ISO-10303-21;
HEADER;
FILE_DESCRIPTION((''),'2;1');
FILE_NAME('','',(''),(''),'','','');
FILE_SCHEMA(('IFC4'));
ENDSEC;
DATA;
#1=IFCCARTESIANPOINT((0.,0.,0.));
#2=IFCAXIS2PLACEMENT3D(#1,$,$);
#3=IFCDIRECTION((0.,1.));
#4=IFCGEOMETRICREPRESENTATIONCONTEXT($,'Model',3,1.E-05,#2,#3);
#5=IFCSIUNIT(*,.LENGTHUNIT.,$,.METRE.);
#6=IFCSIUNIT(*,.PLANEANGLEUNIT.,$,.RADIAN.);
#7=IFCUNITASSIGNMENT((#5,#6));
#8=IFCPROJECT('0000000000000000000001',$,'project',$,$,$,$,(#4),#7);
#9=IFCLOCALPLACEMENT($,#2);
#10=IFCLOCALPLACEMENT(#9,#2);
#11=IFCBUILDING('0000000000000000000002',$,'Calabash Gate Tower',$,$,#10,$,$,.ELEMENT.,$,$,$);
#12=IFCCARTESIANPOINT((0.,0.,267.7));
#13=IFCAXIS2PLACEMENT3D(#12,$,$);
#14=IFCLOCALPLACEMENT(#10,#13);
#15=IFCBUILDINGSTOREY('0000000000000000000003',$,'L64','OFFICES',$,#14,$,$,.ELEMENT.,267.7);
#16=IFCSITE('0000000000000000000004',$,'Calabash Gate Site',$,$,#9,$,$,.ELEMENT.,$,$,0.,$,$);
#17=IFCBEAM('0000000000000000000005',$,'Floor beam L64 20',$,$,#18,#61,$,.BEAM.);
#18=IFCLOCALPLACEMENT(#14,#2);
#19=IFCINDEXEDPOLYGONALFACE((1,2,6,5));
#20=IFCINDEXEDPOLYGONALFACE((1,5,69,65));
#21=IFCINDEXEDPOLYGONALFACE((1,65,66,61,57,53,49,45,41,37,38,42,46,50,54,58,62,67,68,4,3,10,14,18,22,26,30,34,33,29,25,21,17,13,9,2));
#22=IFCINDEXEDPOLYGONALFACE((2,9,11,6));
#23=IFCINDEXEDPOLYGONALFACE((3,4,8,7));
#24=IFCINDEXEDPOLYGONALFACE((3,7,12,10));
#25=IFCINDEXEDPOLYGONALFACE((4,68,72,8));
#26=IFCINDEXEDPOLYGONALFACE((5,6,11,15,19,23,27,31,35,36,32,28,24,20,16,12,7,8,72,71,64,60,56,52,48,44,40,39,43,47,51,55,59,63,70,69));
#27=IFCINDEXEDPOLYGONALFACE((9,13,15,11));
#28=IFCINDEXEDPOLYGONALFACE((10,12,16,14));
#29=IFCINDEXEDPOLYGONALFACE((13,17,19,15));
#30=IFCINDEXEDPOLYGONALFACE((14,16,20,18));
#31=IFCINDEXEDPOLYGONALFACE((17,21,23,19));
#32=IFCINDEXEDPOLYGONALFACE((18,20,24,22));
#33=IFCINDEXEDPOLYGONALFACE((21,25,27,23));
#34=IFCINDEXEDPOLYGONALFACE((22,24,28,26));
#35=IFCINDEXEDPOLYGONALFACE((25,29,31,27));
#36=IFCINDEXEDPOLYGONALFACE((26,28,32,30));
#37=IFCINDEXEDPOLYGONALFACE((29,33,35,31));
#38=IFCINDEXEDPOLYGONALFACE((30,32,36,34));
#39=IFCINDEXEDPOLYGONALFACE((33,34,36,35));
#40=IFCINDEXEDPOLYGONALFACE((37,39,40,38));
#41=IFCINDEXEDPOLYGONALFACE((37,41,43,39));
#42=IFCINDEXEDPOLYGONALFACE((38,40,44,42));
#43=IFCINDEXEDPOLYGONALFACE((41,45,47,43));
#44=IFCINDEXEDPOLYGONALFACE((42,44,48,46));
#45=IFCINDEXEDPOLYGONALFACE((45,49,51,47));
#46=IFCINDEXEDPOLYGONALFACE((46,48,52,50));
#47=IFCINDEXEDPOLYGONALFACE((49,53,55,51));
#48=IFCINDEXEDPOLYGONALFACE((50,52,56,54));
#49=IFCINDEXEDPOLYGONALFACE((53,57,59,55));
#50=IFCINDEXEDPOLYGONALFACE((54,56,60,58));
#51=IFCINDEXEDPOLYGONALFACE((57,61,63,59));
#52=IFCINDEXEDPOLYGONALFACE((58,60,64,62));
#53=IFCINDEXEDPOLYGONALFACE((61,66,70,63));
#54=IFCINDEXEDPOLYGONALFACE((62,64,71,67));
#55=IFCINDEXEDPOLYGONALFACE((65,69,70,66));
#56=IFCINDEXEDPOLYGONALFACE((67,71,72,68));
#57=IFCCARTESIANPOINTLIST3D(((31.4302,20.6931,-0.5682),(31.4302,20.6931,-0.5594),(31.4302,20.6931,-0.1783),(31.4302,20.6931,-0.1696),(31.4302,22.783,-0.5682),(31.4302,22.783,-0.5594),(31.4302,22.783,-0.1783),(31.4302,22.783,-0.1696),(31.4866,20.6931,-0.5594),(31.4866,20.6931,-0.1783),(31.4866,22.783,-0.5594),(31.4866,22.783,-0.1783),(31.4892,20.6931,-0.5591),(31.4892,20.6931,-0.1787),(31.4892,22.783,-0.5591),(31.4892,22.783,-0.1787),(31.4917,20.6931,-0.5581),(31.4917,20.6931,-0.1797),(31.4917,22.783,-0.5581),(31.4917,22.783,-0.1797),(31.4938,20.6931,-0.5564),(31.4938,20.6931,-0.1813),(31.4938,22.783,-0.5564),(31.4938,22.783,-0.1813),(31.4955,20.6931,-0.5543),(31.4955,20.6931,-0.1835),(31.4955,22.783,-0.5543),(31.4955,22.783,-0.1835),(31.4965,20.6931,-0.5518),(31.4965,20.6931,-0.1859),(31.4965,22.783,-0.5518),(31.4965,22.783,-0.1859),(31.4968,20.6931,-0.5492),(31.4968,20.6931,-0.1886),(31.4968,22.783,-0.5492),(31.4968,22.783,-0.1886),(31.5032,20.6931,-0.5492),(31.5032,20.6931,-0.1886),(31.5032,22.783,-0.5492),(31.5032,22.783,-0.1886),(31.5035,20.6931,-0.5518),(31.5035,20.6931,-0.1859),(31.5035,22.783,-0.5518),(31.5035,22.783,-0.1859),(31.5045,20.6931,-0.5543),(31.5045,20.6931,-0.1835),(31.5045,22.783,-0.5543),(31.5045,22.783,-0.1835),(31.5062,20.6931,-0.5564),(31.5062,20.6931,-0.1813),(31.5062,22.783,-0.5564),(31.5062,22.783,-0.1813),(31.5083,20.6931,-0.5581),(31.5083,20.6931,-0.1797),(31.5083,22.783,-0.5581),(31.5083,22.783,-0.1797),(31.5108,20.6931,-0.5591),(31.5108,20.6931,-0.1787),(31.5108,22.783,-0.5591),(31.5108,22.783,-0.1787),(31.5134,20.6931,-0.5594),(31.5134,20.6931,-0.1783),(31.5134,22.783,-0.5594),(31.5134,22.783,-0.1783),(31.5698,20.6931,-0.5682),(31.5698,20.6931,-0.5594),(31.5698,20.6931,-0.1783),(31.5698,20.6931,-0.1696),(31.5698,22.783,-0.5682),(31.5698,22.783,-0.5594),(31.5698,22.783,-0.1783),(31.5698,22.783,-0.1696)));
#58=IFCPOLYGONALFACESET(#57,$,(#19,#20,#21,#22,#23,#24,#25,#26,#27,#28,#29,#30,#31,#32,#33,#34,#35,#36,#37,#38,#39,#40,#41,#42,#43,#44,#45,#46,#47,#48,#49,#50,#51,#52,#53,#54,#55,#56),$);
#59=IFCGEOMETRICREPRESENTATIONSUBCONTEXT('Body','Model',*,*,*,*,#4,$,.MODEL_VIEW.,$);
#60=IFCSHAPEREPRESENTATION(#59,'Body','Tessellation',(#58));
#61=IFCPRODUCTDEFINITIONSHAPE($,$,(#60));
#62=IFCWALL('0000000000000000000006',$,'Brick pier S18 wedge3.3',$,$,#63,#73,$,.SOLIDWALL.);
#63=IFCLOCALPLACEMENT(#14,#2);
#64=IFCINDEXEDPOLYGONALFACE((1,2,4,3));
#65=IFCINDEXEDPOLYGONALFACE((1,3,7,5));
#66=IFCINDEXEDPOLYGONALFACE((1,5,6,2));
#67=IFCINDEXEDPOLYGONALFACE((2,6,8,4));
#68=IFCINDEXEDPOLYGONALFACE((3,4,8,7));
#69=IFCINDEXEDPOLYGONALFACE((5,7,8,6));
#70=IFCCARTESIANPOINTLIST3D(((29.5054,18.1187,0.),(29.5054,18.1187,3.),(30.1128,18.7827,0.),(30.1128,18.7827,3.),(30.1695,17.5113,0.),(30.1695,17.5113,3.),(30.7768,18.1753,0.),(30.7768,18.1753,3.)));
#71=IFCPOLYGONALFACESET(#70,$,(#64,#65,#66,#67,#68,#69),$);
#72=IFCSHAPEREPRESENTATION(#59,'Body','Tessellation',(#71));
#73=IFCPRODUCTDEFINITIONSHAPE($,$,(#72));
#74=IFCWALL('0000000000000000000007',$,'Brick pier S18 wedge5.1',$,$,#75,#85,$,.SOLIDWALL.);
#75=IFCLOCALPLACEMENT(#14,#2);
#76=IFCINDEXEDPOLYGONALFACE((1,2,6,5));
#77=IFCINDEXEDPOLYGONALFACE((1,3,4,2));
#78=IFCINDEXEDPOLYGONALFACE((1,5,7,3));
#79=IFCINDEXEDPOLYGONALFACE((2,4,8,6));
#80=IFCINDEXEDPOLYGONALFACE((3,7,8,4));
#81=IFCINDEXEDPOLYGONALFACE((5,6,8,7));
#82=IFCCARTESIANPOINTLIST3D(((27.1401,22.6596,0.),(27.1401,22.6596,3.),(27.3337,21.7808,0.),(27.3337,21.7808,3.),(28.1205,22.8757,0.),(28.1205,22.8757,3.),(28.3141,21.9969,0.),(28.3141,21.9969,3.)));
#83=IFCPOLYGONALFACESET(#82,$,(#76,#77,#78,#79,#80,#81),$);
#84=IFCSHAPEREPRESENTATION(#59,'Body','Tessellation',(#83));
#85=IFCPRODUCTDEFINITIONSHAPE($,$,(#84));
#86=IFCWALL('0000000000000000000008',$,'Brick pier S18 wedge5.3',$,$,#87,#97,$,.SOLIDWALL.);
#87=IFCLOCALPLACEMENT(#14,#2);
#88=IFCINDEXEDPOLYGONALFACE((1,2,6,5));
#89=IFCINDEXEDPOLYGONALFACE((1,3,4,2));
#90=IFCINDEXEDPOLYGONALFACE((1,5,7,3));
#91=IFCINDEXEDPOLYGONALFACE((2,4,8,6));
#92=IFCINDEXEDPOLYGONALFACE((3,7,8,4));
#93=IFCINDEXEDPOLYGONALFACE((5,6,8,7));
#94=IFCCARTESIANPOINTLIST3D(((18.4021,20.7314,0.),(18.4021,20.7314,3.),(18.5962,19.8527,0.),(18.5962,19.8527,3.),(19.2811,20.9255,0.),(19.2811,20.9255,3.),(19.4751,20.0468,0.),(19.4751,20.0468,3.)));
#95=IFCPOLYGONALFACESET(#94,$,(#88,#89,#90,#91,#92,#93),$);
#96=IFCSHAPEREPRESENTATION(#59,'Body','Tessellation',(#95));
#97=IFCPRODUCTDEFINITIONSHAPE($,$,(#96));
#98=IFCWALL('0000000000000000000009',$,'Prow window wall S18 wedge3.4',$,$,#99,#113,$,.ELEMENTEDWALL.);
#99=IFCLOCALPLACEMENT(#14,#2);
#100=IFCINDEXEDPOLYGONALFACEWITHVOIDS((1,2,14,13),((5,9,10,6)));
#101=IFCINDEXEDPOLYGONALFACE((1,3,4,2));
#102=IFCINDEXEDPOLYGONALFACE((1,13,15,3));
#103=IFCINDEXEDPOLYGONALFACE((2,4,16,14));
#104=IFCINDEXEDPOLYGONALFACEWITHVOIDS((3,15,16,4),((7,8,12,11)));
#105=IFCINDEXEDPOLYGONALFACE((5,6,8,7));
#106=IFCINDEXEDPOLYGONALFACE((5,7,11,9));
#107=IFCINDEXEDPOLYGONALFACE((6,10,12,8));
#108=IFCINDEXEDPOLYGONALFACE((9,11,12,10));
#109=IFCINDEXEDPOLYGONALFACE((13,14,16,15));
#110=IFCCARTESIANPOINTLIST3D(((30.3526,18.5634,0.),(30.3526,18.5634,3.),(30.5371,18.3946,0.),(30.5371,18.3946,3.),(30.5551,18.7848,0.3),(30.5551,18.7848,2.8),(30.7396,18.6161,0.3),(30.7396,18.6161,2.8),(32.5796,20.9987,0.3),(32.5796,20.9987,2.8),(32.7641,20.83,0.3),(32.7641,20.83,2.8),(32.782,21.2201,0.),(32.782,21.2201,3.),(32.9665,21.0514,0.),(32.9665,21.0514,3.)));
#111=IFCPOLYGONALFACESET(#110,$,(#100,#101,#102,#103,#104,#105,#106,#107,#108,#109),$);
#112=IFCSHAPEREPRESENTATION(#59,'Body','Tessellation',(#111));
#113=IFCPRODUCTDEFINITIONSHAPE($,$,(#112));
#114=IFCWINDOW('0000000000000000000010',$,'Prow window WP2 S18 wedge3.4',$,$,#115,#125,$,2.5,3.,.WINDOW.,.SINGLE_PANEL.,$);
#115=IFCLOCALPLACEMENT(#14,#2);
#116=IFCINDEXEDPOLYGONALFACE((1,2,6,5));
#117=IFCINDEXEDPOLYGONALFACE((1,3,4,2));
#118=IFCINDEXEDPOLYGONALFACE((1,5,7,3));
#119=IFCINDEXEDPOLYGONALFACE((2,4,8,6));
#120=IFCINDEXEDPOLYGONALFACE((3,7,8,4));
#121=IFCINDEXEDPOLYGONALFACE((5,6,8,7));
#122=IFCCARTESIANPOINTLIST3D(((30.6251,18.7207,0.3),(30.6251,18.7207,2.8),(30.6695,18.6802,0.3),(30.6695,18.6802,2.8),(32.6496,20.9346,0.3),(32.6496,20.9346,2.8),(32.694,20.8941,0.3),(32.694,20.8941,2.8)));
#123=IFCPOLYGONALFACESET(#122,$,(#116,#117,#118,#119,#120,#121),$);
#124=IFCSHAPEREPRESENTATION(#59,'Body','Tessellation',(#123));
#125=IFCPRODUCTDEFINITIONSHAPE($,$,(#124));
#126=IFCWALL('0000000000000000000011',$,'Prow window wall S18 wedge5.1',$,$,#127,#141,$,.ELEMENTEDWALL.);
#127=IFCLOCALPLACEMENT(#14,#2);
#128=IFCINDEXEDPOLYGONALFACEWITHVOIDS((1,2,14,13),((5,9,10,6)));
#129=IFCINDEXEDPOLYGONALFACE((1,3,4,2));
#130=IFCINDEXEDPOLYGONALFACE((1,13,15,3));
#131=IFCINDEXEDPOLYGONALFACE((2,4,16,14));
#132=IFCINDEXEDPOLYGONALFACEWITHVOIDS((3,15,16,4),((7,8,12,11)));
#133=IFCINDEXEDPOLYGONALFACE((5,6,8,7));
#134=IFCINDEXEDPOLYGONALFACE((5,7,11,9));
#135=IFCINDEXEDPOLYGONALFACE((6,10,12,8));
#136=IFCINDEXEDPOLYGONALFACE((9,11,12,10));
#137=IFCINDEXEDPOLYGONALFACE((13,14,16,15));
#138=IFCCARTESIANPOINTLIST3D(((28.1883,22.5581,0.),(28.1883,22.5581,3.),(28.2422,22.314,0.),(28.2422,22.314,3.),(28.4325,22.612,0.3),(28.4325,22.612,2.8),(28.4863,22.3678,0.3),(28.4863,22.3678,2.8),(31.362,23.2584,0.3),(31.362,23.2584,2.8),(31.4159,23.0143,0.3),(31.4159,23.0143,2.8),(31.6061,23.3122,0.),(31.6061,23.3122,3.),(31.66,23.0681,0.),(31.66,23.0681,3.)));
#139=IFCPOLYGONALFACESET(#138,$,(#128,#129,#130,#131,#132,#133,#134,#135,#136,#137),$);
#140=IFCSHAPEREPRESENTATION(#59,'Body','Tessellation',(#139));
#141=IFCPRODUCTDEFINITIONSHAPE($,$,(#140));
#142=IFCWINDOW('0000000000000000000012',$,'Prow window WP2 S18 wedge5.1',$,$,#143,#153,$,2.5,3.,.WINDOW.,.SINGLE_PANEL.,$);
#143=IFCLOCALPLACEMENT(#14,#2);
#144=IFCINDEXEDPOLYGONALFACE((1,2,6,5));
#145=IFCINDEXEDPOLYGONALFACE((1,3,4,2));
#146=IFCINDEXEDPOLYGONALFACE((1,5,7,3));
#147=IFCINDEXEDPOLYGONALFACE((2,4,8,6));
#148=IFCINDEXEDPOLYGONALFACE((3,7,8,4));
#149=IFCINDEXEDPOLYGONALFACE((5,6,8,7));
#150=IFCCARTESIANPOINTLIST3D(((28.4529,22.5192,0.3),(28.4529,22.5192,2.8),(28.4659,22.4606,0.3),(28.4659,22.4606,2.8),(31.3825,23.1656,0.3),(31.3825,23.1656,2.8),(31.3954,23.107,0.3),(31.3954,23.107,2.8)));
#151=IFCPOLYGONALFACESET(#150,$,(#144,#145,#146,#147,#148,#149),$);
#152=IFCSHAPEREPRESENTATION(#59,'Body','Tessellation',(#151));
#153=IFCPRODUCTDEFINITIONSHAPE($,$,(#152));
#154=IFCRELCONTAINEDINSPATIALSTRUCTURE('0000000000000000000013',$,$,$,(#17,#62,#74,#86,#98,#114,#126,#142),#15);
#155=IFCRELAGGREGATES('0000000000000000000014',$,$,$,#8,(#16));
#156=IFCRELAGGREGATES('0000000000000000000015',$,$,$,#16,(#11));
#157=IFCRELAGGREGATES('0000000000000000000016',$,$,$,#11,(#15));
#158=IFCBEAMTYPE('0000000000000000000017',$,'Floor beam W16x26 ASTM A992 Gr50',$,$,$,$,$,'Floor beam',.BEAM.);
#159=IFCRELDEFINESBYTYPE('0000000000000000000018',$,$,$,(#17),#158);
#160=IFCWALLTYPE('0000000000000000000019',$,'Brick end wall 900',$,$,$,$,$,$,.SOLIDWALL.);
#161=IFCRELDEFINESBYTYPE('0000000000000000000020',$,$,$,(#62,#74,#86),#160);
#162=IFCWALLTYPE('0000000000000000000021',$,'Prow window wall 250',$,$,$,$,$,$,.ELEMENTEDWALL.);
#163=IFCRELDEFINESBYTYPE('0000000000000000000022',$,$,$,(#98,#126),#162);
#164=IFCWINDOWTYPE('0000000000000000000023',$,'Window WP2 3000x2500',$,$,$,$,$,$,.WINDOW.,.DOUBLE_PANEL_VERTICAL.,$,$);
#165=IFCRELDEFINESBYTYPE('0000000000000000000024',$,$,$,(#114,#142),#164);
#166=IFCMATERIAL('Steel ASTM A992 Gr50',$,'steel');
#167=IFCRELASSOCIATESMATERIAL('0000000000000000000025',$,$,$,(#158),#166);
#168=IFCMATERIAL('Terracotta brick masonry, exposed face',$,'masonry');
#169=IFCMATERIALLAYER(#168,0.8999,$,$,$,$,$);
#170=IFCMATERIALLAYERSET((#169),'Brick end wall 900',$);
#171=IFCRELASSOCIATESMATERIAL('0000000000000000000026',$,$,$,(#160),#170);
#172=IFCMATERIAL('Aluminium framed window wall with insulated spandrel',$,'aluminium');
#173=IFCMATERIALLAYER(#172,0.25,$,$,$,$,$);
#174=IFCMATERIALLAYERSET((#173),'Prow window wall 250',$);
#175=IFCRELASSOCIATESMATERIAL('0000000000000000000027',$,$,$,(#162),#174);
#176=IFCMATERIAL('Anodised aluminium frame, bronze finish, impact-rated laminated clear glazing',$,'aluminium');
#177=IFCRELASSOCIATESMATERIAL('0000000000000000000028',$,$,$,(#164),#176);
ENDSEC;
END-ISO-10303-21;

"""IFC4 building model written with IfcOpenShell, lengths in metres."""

from ifc_helpers import new_model, si_unit, direction, frame, frame_2d, origin, origin_2d, place, context, subcontext, project, spatial, rectangle, i_section, extrude, material, layer, layer_set, material_profile, profile_set, type_object, element, fill, save


model = new_model("IFC4")

# Units and contexts
model_context = context("Model", 3, precision=1e-05, world=origin(), true_north=direction((0.0, 1.0)))
body_context = subcontext(model_context, "Body", "Model", "MODEL_VIEW")
ifc_project = project(units=[si_unit("LENGTHUNIT", "METRE"), si_unit("PLANEANGLEUNIT", "RADIAN")], contexts=[model_context])

# Site, building, storey
site_placement = place(None, origin())
site = spatial("IfcSite", under=ifc_project, at=site_placement, Name="Calabash Gate Site", CompositionType="ELEMENT", RefElevation=0.0)
building_placement = place(site_placement, origin())
building = spatial("IfcBuilding", under=site, at=building_placement, Name="Calabash Gate Tower", CompositionType="ELEMENT")
storey_placement = place(building_placement, frame((0.0, 0.0, 267.7)))
storey = spatial("IfcBuildingStorey", under=building, at=storey_placement, Name="L64", Description="OFFICES", CompositionType="ELEMENT", Elevation=267.7)

# Beam
ifc_material_1 = material(Name="Steel ASTM A992 Gr50", Category="steel")
ifc_material_profile_1 = material_profile(ifc_material_1, i_section(OverallWidth=0.1396, OverallDepth=0.3987, WebThickness=0.0063, FlangeThickness=0.0088, FilletRadius=0.0103, at=origin_2d()))
ifc_profile_set_1 = profile_set([ifc_material_profile_1], Name="Steel ASTM A992 Gr50")
beam_type_1 = type_object("IfcBeamType", Name="Floor beam W16x26 ASTM A992 Gr50", ElementType="Floor beam", PredefinedType="BEAM", material=ifc_profile_set_1)
beam_1_placement = place(storey_placement, frame((31.5, 20.6931, -0.3689), z_axis=(0.0, 1.0, 0.0), x_axis=(-1.0, 0.0, 0.0)))
element("IfcBeam", 1, at=beam_1_placement, inside=storey, type_object=beam_type_1, Name="Floor beam L64 20", PredefinedType="BEAM", context=body_context, shape_type="SweptSolid", body=[
    extrude(i_section(OverallWidth=0.1396, OverallDepth=0.3987, WebThickness=0.0063, FlangeThickness=0.0088, FilletRadius=0.0103, at=origin_2d()), origin(), (0.0, 0.0, 1.0), 2.0898),
])

# Walls
ifc_material_2 = material(Name="Terracotta brick masonry, exposed face", Category="masonry")
ifc_layer_1 = layer(ifc_material_2, 0.8999)
ifc_layer_set_1 = layer_set([ifc_layer_1], Name="Brick end wall 900")
wall_type_1 = type_object("IfcWallType", Name="Brick end wall 900", PredefinedType="SOLIDWALL", material=ifc_layer_set_1)
wall_1_placement = place(storey_placement, frame((30.4448, 18.479, 0.0), z_axis=(0.0, 0.0, 1.0), x_axis=(-0.674938, -0.737874, 0.0)))
element("IfcWall", 2, at=wall_1_placement, inside=storey, type_object=wall_type_1, Name="Brick pier S18 wedge3.3", PredefinedType="SOLIDWALL", context=body_context, shape_type="SweptSolid", body=[
    extrude(rectangle(XDim=0.8999, YDim=0.8999, at=frame_2d((0.45, 0.0))), origin(), (0.0, 0.0, 1.0), 3.0),
])
wall_2_placement = place(storey_placement, frame((28.2173, 22.4363, 0.0), z_axis=(0.0, 0.0, 1.0), x_axis=(-0.976569, -0.215205, 0.0)))
element("IfcWall", 3, at=wall_2_placement, inside=storey, type_object=wall_type_1, Name="Brick pier S18 wedge5.1", PredefinedType="SOLIDWALL", context=body_context, shape_type="SweptSolid", body=[
    extrude(rectangle(XDim=1.0039, YDim=0.8999, at=frame_2d((0.502, 0.0))), origin(), (0.0, 0.0, 1.0), 3.0),
])
wall_3_placement = place(storey_placement, frame((18.499, 20.292, 0.0), z_axis=(0.0, 0.0, 1.0), x_axis=(0.976473, 0.215638, 0.0)))
element("IfcWall", 4, at=wall_3_placement, inside=storey, type_object=wall_type_1, Name="Brick pier S18 wedge5.3", PredefinedType="SOLIDWALL", context=body_context, shape_type="SweptSolid", body=[
    extrude(rectangle(XDim=0.9001, YDim=0.8999, at=frame_2d((0.4502, 0.0))), origin(), (0.0, 0.0, 1.0), 3.0),
])

# Walls, openings, windows
ifc_material_3 = material(Name="Aluminium framed window wall with insulated spandrel", Category="aluminium")
ifc_layer_2 = layer(ifc_material_3, 0.25)
ifc_layer_set_2 = layer_set([ifc_layer_2], Name="Prow window wall 250")
wall_type_2 = type_object("IfcWallType", Name="Prow window wall 250", PredefinedType="ELEMENTEDWALL", material=ifc_layer_set_2)
wall_4_placement = place(storey_placement, frame((30.4448, 18.479, 0.0), z_axis=(0.0, 0.0, 1.0), x_axis=(0.674834, 0.73797, 0.0)))
wall_4 = element("IfcWall", 5, at=wall_4_placement, inside=storey, type_object=wall_type_2, Name="Prow window wall S18 wedge3.4", PredefinedType="ELEMENTEDWALL", context=body_context, shape_type="SweptSolid", body=[
    extrude(rectangle(XDim=3.6001, YDim=0.25, at=frame_2d((1.8, 0.0))), origin(), (0.0, 0.0, 1.0), 3.0),
])
opening_1_placement = place(wall_4_placement, frame((0.3, 0.0, 0.3)))
opening_1 = element("IfcOpeningElement", 6, at=opening_1_placement, cuts=wall_4, PredefinedType="OPENING", context=body_context, shape_type="SweptSolid", body=[
    extrude(rectangle(XDim=3.0, YDim=2.5, at=frame_2d((1.5, 1.25))), frame((0.0, 0.135, 0.0), z_axis=(0.0, -1.0, 0.0), x_axis=(1.0, 0.0, 0.0)), (0.0, 0.0, 1.0), 0.27),
])
ifc_material_4 = material(Name="Anodised aluminium frame, bronze finish, impact-rated laminated clear glazing", Category="aluminium")
window_type = type_object("IfcWindowType", Name="Window WP2 3000x2500", PartitioningType="DOUBLE_PANEL_VERTICAL", PredefinedType="WINDOW", material=ifc_material_4)
window_1_placement = place(opening_1_placement, origin())
window_1 = element("IfcWindow", 7, at=window_1_placement, inside=storey, type_object=window_type, Name="Prow window WP2 S18 wedge3.4", OverallHeight=2.5, OverallWidth=3.0, PartitioningType="SINGLE_PANEL", PredefinedType="WINDOW", context=body_context, shape_type="SweptSolid", body=[
    extrude(rectangle(XDim=3.0, YDim=2.5, at=frame_2d((1.5, 1.25))), frame((0.0, 0.03, 0.0), z_axis=(0.0, -1.0, 0.0), x_axis=(1.0, 0.0, 0.0)), (0.0, 0.0, 1.0), 0.0601),
])
fill(opening_1, window_1)
wall_5_placement = place(storey_placement, frame((31.6331, 23.1902, 0.0), z_axis=(0.0, 0.0, 1.0), x_axis=(-0.976509, -0.215475, 0.0)))
wall_5 = element("IfcWall", 8, at=wall_5_placement, inside=storey, type_object=wall_type_2, Name="Prow window wall S18 wedge5.1", PredefinedType="ELEMENTEDWALL", context=body_context, shape_type="SweptSolid", body=[
    extrude(rectangle(XDim=3.5, YDim=0.25, at=frame_2d((1.75, 0.0))), origin(), (0.0, 0.0, 1.0), 3.0),
])
opening_2_placement = place(wall_5_placement, frame((0.25, 0.0, 0.3)))
opening_2 = element("IfcOpeningElement", 9, at=opening_2_placement, cuts=wall_5, PredefinedType="OPENING", context=body_context, shape_type="SweptSolid", body=[
    extrude(rectangle(XDim=3.0, YDim=2.5, at=frame_2d((1.5, 1.25))), frame((0.0, 0.135, 0.0), z_axis=(0.0, -1.0, 0.0), x_axis=(1.0, 0.0, 0.0)), (0.0, 0.0, 1.0), 0.27),
])
window_2_placement = place(opening_2_placement, origin())
window_2 = element("IfcWindow", 10, at=window_2_placement, inside=storey, type_object=window_type, Name="Prow window WP2 S18 wedge5.1", OverallHeight=2.5, OverallWidth=3.0, PartitioningType="SINGLE_PANEL", PredefinedType="WINDOW", context=body_context, shape_type="SweptSolid", body=[
    extrude(rectangle(XDim=3.0, YDim=2.5, at=frame_2d((1.5, 1.25))), frame((0.0, 0.03, 0.0), z_axis=(0.0, -1.0, 0.0), x_axis=(1.0, 0.0, 0.0)), (0.0, 0.0, 1.0), 0.0601),
])
fill(opening_2, window_2)

save(model, "model.ifc")
